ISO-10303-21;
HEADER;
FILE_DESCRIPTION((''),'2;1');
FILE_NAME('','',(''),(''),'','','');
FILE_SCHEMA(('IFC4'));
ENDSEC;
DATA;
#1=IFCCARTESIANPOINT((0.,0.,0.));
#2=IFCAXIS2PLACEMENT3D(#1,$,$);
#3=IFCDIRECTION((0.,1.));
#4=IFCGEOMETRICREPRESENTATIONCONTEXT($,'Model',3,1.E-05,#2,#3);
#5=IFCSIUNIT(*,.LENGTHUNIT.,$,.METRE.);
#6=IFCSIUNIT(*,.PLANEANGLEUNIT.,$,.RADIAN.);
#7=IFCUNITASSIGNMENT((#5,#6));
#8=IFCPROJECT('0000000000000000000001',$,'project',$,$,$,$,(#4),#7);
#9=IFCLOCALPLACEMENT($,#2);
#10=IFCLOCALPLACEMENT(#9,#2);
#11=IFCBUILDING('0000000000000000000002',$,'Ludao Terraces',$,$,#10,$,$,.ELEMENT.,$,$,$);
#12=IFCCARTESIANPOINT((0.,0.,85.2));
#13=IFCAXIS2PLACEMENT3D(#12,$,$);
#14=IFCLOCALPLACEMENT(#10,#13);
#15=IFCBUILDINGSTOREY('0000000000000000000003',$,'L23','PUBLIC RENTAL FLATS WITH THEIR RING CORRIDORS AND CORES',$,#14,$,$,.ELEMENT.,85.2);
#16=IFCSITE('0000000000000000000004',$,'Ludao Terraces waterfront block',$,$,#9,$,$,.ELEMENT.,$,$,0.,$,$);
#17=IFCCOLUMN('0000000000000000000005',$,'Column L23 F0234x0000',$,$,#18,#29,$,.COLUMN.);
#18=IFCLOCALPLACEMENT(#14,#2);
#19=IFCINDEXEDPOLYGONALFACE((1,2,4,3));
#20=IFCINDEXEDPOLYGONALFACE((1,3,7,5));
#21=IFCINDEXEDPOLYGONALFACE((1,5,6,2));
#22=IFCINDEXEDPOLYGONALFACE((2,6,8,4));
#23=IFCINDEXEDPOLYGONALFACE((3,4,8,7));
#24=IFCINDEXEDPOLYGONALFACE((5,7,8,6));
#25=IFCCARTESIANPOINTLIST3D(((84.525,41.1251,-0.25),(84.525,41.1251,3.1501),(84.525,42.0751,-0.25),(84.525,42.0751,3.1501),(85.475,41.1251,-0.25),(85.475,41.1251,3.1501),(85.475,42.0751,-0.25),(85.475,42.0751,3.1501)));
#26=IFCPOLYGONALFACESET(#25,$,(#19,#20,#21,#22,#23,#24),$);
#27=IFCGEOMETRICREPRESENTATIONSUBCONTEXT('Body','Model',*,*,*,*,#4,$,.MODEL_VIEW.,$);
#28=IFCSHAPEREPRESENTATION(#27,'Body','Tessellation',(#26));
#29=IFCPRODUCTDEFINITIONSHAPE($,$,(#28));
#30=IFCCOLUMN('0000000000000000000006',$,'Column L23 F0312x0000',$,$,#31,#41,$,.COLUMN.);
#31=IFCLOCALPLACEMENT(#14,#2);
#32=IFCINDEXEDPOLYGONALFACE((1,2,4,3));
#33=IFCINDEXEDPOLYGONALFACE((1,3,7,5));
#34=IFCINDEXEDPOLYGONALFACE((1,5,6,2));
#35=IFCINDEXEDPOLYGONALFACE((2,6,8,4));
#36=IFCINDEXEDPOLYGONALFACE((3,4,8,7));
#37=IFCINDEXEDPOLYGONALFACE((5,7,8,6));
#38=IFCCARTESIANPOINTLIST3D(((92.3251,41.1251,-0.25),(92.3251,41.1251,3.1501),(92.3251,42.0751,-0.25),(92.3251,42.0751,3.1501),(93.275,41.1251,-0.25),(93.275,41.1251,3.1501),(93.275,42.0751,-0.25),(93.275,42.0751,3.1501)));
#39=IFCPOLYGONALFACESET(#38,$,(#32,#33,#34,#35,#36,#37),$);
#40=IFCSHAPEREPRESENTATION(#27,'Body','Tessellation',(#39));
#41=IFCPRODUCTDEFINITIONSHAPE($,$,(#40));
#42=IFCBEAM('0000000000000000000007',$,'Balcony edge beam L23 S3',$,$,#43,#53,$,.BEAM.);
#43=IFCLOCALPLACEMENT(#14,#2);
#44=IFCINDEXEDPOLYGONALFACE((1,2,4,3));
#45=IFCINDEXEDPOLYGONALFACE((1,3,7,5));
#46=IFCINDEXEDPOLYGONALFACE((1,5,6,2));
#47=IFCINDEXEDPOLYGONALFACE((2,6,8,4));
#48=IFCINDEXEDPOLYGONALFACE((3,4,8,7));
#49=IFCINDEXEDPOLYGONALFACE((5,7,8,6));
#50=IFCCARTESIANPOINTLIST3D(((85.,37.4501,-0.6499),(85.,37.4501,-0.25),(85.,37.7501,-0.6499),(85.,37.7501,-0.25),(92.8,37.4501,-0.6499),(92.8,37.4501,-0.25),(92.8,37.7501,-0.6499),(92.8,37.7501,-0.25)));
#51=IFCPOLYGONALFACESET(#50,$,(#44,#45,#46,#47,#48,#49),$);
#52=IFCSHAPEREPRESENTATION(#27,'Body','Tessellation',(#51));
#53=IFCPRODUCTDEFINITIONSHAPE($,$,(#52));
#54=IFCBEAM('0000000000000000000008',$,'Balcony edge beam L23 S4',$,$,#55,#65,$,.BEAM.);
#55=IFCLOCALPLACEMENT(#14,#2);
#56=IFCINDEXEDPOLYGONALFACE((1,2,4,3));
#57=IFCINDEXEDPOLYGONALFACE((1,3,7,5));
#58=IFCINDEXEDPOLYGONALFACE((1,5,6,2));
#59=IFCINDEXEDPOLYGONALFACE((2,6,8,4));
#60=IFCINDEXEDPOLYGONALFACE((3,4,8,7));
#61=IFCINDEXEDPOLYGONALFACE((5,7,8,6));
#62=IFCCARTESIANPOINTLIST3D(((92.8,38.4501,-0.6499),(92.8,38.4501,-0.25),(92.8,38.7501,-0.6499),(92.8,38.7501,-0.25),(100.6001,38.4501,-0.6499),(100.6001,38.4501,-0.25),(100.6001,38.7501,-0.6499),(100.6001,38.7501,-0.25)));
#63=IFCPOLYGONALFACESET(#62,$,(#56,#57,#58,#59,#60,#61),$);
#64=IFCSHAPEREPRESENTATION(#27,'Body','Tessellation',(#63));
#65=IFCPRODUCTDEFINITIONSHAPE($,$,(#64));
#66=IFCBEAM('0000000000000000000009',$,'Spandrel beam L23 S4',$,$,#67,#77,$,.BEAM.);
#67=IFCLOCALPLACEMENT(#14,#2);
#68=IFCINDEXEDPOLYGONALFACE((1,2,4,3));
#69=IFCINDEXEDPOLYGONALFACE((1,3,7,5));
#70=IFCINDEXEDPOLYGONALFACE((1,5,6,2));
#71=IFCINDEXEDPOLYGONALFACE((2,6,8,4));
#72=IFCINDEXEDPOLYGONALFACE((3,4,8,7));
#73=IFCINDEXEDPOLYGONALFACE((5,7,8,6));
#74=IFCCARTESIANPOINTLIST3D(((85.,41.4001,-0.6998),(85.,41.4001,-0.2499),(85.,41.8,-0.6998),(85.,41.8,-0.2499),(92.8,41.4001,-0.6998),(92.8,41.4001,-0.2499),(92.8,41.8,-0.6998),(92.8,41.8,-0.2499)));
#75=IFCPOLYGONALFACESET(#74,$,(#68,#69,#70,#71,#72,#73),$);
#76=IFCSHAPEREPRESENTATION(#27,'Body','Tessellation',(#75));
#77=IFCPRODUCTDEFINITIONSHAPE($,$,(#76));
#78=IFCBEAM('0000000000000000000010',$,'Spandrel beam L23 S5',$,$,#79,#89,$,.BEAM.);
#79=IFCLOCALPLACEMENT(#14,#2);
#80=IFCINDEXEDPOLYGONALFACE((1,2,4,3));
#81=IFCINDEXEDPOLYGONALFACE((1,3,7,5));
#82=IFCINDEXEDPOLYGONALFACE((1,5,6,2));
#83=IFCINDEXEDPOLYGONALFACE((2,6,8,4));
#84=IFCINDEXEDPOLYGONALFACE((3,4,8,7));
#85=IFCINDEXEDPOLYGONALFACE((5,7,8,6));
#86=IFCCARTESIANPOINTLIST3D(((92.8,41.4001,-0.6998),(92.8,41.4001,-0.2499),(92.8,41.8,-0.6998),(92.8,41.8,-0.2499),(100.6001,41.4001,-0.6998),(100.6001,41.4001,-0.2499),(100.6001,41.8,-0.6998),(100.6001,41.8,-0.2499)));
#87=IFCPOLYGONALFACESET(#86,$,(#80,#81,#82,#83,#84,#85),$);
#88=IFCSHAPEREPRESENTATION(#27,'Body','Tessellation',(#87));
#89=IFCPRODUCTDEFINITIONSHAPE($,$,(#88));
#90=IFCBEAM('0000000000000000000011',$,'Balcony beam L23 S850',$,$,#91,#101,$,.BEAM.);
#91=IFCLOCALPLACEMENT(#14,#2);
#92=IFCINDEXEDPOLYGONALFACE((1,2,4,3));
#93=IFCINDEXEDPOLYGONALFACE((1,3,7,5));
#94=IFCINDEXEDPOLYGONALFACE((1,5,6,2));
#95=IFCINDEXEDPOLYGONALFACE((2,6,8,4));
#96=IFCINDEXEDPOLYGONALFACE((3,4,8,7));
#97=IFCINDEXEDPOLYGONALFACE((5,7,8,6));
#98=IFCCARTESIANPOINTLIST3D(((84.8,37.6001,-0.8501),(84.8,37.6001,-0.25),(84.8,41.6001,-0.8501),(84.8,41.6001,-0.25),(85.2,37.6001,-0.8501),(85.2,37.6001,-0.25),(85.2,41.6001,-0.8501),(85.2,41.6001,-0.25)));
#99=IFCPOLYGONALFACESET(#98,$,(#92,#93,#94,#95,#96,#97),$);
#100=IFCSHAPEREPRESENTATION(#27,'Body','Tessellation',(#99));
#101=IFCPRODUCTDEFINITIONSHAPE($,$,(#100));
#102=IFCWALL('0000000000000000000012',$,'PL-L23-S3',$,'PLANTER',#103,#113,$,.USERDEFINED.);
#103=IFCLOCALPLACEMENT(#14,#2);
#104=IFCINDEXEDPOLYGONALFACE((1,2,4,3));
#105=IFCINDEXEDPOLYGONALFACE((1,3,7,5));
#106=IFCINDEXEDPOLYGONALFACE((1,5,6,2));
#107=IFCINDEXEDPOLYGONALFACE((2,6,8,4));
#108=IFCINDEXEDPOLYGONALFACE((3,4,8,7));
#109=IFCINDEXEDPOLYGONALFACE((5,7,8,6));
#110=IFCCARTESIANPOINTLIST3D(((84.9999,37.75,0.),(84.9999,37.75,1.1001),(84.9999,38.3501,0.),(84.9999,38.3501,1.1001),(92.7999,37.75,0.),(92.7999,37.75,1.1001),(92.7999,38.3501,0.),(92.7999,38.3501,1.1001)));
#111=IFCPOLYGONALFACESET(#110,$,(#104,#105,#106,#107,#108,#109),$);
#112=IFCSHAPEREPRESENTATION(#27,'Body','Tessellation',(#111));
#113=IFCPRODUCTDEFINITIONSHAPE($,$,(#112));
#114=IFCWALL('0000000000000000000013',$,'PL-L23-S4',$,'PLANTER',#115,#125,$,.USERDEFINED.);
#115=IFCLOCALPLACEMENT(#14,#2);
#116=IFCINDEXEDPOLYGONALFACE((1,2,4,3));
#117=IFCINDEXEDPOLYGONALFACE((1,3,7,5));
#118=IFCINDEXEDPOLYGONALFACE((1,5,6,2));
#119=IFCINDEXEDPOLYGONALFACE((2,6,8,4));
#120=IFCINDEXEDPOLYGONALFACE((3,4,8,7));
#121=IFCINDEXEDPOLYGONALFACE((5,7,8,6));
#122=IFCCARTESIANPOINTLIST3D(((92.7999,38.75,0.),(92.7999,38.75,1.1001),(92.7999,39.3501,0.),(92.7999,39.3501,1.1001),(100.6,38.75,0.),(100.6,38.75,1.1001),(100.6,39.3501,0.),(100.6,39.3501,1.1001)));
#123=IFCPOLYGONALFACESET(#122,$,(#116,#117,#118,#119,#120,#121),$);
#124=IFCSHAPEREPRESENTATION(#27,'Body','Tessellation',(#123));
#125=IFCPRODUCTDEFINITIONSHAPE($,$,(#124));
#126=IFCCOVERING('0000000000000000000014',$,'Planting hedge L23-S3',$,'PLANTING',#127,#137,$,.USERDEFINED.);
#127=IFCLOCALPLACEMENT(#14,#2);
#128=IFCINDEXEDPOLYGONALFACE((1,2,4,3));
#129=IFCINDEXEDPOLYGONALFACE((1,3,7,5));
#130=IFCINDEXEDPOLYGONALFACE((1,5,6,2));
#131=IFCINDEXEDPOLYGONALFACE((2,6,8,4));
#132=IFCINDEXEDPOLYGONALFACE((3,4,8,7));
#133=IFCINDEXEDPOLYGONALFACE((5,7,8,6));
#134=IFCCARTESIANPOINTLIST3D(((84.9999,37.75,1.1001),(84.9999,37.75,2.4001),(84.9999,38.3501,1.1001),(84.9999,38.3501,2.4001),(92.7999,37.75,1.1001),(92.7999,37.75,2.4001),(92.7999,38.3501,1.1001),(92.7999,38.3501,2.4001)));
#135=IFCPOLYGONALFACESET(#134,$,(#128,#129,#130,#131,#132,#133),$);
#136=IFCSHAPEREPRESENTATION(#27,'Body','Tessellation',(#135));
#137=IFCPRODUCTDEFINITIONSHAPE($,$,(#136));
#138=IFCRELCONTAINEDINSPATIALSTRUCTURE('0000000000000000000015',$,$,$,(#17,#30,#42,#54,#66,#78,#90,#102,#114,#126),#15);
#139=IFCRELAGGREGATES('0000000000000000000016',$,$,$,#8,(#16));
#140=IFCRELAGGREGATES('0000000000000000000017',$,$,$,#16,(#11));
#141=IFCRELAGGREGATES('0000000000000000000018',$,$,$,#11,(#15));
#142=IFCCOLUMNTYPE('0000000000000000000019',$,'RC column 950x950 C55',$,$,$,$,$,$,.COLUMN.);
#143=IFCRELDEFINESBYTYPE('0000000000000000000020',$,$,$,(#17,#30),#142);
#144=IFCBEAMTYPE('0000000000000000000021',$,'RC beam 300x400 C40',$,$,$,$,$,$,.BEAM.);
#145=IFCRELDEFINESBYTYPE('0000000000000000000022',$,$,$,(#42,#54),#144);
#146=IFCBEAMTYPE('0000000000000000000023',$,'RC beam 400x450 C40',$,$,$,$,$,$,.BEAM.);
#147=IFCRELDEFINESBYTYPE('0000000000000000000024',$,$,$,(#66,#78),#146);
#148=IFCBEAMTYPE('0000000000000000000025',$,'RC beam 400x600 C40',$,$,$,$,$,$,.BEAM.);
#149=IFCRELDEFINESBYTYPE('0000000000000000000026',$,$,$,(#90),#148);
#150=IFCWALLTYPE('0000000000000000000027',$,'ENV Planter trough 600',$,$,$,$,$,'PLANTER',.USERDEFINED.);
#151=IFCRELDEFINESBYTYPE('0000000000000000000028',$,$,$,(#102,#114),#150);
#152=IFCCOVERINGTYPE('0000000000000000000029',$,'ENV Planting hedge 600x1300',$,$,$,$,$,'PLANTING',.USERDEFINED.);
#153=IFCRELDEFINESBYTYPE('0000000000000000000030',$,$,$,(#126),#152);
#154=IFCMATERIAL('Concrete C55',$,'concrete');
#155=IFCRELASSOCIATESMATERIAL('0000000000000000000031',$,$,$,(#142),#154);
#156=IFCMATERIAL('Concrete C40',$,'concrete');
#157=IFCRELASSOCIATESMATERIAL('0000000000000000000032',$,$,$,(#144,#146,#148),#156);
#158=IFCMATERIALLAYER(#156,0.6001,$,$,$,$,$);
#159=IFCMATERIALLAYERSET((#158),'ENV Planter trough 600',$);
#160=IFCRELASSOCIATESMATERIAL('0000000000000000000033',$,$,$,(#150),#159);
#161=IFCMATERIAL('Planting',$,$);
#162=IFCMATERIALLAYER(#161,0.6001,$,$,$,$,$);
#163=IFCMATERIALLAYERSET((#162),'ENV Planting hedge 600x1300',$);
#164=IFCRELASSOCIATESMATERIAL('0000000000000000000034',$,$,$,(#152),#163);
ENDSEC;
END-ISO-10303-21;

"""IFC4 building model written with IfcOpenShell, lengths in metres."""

from ifc_helpers import new_model, si_unit, direction, frame, frame_2d, origin, origin_2d, place, context, subcontext, project, spatial, rectangle, extrude, material, layer, layer_set, material_profile, profile_set, type_object, element, save


model = new_model("IFC4")

# Units and contexts
model_context = context("Model", 3, precision=1e-05, world=origin(), true_north=direction((0.0, 1.0)))
body_context = subcontext(model_context, "Body", "Model", "MODEL_VIEW")
ifc_project = project(units=[si_unit("LENGTHUNIT", "METRE"), si_unit("PLANEANGLEUNIT", "RADIAN")], contexts=[model_context])

# Site, building, storey
site_placement = place(None, origin())
site = spatial("IfcSite", under=ifc_project, at=site_placement, Name="Ludao Terraces waterfront block", CompositionType="ELEMENT", RefElevation=0.0)
building_placement = place(site_placement, origin())
building = spatial("IfcBuilding", under=site, at=building_placement, Name="Ludao Terraces", CompositionType="ELEMENT")
storey_placement = place(building_placement, frame((0.0, 0.0, 85.2)))
storey = spatial("IfcBuildingStorey", under=building, at=storey_placement, Name="L23", Description="PUBLIC RENTAL FLATS WITH THEIR RING CORRIDORS AND CORES", CompositionType="ELEMENT", Elevation=85.2)

# Columns
ifc_material_1 = material(Name="Concrete C55", Category="concrete")
ifc_material_profile_1 = material_profile(ifc_material_1, rectangle(XDim=0.95, YDim=0.95, at=origin_2d()), Name="950 X 950")
ifc_profile_set_1 = profile_set([ifc_material_profile_1], Name="Concrete C55")
column_type = type_object("IfcColumnType", Name="RC column 950x950 C55", PredefinedType="COLUMN", material=ifc_profile_set_1)
for number, where, z_axis, x_axis, name in (
    (1, (85.0, 41.6001, -0.25), (0.0, 0.0, 1.0), (1.0, 0.0, 0.0), "Column L23 F0234x0000"),
    (2, (92.8, 41.6001, -0.25), (0.0, 0.0, 1.0), (1.0, 0.0, 0.0), "Column L23 F0312x0000"),
):
    element("IfcColumn", number, at=place(storey_placement, frame(where, z_axis=z_axis, x_axis=x_axis)), inside=storey, type_object=column_type, Name=name, PredefinedType="COLUMN", context=body_context, shape_type="SweptSolid", body=[
        extrude(rectangle(XDim=0.95, YDim=0.95, at=origin_2d()), origin(), (0.0, 0.0, 1.0), 3.4001),
    ])

# Beams
ifc_material_2 = material(Name="Concrete C40", Category="concrete")
ifc_material_profile_2 = material_profile(ifc_material_2, rectangle(XDim=0.3, YDim=0.3999, at=origin_2d()), Name="300 X 400")
ifc_profile_set_2 = profile_set([ifc_material_profile_2], Name="Concrete C40")
beam_type_1 = type_object("IfcBeamType", Name="RC beam 300x400 C40", PredefinedType="BEAM", material=ifc_profile_set_2)
for number, where, z_axis, x_axis, name in (
    (3, (85.0, 37.6001, -0.45), (1.0, 0.0, 0.0), (0.0, 1.0, 0.0), "Balcony edge beam L23 S3"),
    (4, (92.8, 38.6001, -0.45), (1.0, 0.0, 0.0), (0.0, 1.0, 0.0), "Balcony edge beam L23 S4"),
):
    element("IfcBeam", number, at=place(storey_placement, frame(where, z_axis=z_axis, x_axis=x_axis)), inside=storey, type_object=beam_type_1, Name=name, PredefinedType="BEAM", context=body_context, shape_type="SweptSolid", body=[
        extrude(rectangle(XDim=0.3, YDim=0.3999, at=origin_2d()), origin(), (0.0, 0.0, 1.0), 7.8),
    ])
ifc_material_profile_3 = material_profile(ifc_material_2, rectangle(XDim=0.3999, YDim=0.45, at=origin_2d()), Name="400 X 450")
ifc_profile_set_3 = profile_set([ifc_material_profile_3], Name="Concrete C40")
beam_type_2 = type_object("IfcBeamType", Name="RC beam 400x450 C40", PredefinedType="BEAM", material=ifc_profile_set_3)
for number, where, z_axis, x_axis, name in (
    (5, (85.0, 41.6001, -0.4749), (1.0, 0.0, 0.0), (0.0, 1.0, 0.0), "Spandrel beam L23 S4"),
    (6, (92.8, 41.6001, -0.4749), (1.0, 0.0, 0.0), (0.0, 1.0, 0.0), "Spandrel beam L23 S5"),
):
    element("IfcBeam", number, at=place(storey_placement, frame(where, z_axis=z_axis, x_axis=x_axis)), inside=storey, type_object=beam_type_2, Name=name, PredefinedType="BEAM", context=body_context, shape_type="SweptSolid", body=[
        extrude(rectangle(XDim=0.3999, YDim=0.45, at=origin_2d()), origin(), (0.0, 0.0, 1.0), 7.8),
    ])
ifc_material_profile_4 = material_profile(ifc_material_2, rectangle(XDim=0.3999, YDim=0.6001, at=origin_2d()), Name="400 X 600")
ifc_profile_set_4 = profile_set([ifc_material_profile_4], Name="Concrete C40")
beam_type_3 = type_object("IfcBeamType", Name="RC beam 400x600 C40", PredefinedType="BEAM", material=ifc_profile_set_4)
beam_placement = place(storey_placement, frame((85.0, 41.6001, -0.55), z_axis=(0.0, -1.0, 0.0), x_axis=(1.0, 0.0, 0.0)))
element("IfcBeam", 7, at=beam_placement, inside=storey, type_object=beam_type_3, Name="Balcony beam L23 S850", PredefinedType="BEAM", context=body_context, shape_type="SweptSolid", body=[
    extrude(rectangle(XDim=0.3999, YDim=0.6001, at=origin_2d()), origin(), (0.0, 0.0, 1.0), 4.0),
])

# Walls
ifc_layer_1 = layer(ifc_material_2, 0.6001)
ifc_layer_set_1 = layer_set([ifc_layer_1], Name="ENV Planter trough 600")
wall_type = type_object("IfcWallType", Name="ENV Planter trough 600", ElementType="PLANTER", PredefinedType="USERDEFINED", material=ifc_layer_set_1)
for number, where, z_axis, x_axis, name in (
    (8, (85.0, 38.05, 0.0), (0.0, 0.0, 1.0), (1.0, 0.0, 0.0), "PL-L23-S3"),
    (9, (92.8, 39.05, 0.0), (0.0, 0.0, 1.0), (1.0, 0.0, 0.0), "PL-L23-S4"),
):
    element("IfcWall", number, at=place(storey_placement, frame(where, z_axis=z_axis, x_axis=x_axis)), inside=storey, type_object=wall_type, Name=name, ObjectType="PLANTER", PredefinedType="USERDEFINED", context=body_context, shape_type="SweptSolid", body=[
        extrude(rectangle(XDim=7.8, YDim=0.6001, at=frame_2d((3.8999, 0.0))), origin(), (0.0, 0.0, 1.0), 1.1001),
    ])

# Covering
ifc_material_3 = material(Name="Planting")
ifc_layer_2 = layer(ifc_material_3, 0.6001)
ifc_layer_set_2 = layer_set([ifc_layer_2], Name="ENV Planting hedge 600x1300")
covering_type = type_object("IfcCoveringType", Name="ENV Planting hedge 600x1300", ElementType="PLANTING", PredefinedType="USERDEFINED", material=ifc_layer_set_2)
covering_placement = place(storey_placement, frame((88.8999, 38.05, 1.1001), z_axis=(0.0, 0.0, 1.0), x_axis=(1.0, 0.0, 0.0)))
element("IfcCovering", 10, at=covering_placement, inside=storey, type_object=covering_type, Name="Planting hedge L23-S3", ObjectType="PLANTING", PredefinedType="USERDEFINED", context=body_context, shape_type="SweptSolid", body=[
    extrude(rectangle(XDim=7.8, YDim=0.6001, at=origin_2d()), origin(), (0.0, 0.0, 1.0), 1.3),
])

save(model, "model.ifc")
